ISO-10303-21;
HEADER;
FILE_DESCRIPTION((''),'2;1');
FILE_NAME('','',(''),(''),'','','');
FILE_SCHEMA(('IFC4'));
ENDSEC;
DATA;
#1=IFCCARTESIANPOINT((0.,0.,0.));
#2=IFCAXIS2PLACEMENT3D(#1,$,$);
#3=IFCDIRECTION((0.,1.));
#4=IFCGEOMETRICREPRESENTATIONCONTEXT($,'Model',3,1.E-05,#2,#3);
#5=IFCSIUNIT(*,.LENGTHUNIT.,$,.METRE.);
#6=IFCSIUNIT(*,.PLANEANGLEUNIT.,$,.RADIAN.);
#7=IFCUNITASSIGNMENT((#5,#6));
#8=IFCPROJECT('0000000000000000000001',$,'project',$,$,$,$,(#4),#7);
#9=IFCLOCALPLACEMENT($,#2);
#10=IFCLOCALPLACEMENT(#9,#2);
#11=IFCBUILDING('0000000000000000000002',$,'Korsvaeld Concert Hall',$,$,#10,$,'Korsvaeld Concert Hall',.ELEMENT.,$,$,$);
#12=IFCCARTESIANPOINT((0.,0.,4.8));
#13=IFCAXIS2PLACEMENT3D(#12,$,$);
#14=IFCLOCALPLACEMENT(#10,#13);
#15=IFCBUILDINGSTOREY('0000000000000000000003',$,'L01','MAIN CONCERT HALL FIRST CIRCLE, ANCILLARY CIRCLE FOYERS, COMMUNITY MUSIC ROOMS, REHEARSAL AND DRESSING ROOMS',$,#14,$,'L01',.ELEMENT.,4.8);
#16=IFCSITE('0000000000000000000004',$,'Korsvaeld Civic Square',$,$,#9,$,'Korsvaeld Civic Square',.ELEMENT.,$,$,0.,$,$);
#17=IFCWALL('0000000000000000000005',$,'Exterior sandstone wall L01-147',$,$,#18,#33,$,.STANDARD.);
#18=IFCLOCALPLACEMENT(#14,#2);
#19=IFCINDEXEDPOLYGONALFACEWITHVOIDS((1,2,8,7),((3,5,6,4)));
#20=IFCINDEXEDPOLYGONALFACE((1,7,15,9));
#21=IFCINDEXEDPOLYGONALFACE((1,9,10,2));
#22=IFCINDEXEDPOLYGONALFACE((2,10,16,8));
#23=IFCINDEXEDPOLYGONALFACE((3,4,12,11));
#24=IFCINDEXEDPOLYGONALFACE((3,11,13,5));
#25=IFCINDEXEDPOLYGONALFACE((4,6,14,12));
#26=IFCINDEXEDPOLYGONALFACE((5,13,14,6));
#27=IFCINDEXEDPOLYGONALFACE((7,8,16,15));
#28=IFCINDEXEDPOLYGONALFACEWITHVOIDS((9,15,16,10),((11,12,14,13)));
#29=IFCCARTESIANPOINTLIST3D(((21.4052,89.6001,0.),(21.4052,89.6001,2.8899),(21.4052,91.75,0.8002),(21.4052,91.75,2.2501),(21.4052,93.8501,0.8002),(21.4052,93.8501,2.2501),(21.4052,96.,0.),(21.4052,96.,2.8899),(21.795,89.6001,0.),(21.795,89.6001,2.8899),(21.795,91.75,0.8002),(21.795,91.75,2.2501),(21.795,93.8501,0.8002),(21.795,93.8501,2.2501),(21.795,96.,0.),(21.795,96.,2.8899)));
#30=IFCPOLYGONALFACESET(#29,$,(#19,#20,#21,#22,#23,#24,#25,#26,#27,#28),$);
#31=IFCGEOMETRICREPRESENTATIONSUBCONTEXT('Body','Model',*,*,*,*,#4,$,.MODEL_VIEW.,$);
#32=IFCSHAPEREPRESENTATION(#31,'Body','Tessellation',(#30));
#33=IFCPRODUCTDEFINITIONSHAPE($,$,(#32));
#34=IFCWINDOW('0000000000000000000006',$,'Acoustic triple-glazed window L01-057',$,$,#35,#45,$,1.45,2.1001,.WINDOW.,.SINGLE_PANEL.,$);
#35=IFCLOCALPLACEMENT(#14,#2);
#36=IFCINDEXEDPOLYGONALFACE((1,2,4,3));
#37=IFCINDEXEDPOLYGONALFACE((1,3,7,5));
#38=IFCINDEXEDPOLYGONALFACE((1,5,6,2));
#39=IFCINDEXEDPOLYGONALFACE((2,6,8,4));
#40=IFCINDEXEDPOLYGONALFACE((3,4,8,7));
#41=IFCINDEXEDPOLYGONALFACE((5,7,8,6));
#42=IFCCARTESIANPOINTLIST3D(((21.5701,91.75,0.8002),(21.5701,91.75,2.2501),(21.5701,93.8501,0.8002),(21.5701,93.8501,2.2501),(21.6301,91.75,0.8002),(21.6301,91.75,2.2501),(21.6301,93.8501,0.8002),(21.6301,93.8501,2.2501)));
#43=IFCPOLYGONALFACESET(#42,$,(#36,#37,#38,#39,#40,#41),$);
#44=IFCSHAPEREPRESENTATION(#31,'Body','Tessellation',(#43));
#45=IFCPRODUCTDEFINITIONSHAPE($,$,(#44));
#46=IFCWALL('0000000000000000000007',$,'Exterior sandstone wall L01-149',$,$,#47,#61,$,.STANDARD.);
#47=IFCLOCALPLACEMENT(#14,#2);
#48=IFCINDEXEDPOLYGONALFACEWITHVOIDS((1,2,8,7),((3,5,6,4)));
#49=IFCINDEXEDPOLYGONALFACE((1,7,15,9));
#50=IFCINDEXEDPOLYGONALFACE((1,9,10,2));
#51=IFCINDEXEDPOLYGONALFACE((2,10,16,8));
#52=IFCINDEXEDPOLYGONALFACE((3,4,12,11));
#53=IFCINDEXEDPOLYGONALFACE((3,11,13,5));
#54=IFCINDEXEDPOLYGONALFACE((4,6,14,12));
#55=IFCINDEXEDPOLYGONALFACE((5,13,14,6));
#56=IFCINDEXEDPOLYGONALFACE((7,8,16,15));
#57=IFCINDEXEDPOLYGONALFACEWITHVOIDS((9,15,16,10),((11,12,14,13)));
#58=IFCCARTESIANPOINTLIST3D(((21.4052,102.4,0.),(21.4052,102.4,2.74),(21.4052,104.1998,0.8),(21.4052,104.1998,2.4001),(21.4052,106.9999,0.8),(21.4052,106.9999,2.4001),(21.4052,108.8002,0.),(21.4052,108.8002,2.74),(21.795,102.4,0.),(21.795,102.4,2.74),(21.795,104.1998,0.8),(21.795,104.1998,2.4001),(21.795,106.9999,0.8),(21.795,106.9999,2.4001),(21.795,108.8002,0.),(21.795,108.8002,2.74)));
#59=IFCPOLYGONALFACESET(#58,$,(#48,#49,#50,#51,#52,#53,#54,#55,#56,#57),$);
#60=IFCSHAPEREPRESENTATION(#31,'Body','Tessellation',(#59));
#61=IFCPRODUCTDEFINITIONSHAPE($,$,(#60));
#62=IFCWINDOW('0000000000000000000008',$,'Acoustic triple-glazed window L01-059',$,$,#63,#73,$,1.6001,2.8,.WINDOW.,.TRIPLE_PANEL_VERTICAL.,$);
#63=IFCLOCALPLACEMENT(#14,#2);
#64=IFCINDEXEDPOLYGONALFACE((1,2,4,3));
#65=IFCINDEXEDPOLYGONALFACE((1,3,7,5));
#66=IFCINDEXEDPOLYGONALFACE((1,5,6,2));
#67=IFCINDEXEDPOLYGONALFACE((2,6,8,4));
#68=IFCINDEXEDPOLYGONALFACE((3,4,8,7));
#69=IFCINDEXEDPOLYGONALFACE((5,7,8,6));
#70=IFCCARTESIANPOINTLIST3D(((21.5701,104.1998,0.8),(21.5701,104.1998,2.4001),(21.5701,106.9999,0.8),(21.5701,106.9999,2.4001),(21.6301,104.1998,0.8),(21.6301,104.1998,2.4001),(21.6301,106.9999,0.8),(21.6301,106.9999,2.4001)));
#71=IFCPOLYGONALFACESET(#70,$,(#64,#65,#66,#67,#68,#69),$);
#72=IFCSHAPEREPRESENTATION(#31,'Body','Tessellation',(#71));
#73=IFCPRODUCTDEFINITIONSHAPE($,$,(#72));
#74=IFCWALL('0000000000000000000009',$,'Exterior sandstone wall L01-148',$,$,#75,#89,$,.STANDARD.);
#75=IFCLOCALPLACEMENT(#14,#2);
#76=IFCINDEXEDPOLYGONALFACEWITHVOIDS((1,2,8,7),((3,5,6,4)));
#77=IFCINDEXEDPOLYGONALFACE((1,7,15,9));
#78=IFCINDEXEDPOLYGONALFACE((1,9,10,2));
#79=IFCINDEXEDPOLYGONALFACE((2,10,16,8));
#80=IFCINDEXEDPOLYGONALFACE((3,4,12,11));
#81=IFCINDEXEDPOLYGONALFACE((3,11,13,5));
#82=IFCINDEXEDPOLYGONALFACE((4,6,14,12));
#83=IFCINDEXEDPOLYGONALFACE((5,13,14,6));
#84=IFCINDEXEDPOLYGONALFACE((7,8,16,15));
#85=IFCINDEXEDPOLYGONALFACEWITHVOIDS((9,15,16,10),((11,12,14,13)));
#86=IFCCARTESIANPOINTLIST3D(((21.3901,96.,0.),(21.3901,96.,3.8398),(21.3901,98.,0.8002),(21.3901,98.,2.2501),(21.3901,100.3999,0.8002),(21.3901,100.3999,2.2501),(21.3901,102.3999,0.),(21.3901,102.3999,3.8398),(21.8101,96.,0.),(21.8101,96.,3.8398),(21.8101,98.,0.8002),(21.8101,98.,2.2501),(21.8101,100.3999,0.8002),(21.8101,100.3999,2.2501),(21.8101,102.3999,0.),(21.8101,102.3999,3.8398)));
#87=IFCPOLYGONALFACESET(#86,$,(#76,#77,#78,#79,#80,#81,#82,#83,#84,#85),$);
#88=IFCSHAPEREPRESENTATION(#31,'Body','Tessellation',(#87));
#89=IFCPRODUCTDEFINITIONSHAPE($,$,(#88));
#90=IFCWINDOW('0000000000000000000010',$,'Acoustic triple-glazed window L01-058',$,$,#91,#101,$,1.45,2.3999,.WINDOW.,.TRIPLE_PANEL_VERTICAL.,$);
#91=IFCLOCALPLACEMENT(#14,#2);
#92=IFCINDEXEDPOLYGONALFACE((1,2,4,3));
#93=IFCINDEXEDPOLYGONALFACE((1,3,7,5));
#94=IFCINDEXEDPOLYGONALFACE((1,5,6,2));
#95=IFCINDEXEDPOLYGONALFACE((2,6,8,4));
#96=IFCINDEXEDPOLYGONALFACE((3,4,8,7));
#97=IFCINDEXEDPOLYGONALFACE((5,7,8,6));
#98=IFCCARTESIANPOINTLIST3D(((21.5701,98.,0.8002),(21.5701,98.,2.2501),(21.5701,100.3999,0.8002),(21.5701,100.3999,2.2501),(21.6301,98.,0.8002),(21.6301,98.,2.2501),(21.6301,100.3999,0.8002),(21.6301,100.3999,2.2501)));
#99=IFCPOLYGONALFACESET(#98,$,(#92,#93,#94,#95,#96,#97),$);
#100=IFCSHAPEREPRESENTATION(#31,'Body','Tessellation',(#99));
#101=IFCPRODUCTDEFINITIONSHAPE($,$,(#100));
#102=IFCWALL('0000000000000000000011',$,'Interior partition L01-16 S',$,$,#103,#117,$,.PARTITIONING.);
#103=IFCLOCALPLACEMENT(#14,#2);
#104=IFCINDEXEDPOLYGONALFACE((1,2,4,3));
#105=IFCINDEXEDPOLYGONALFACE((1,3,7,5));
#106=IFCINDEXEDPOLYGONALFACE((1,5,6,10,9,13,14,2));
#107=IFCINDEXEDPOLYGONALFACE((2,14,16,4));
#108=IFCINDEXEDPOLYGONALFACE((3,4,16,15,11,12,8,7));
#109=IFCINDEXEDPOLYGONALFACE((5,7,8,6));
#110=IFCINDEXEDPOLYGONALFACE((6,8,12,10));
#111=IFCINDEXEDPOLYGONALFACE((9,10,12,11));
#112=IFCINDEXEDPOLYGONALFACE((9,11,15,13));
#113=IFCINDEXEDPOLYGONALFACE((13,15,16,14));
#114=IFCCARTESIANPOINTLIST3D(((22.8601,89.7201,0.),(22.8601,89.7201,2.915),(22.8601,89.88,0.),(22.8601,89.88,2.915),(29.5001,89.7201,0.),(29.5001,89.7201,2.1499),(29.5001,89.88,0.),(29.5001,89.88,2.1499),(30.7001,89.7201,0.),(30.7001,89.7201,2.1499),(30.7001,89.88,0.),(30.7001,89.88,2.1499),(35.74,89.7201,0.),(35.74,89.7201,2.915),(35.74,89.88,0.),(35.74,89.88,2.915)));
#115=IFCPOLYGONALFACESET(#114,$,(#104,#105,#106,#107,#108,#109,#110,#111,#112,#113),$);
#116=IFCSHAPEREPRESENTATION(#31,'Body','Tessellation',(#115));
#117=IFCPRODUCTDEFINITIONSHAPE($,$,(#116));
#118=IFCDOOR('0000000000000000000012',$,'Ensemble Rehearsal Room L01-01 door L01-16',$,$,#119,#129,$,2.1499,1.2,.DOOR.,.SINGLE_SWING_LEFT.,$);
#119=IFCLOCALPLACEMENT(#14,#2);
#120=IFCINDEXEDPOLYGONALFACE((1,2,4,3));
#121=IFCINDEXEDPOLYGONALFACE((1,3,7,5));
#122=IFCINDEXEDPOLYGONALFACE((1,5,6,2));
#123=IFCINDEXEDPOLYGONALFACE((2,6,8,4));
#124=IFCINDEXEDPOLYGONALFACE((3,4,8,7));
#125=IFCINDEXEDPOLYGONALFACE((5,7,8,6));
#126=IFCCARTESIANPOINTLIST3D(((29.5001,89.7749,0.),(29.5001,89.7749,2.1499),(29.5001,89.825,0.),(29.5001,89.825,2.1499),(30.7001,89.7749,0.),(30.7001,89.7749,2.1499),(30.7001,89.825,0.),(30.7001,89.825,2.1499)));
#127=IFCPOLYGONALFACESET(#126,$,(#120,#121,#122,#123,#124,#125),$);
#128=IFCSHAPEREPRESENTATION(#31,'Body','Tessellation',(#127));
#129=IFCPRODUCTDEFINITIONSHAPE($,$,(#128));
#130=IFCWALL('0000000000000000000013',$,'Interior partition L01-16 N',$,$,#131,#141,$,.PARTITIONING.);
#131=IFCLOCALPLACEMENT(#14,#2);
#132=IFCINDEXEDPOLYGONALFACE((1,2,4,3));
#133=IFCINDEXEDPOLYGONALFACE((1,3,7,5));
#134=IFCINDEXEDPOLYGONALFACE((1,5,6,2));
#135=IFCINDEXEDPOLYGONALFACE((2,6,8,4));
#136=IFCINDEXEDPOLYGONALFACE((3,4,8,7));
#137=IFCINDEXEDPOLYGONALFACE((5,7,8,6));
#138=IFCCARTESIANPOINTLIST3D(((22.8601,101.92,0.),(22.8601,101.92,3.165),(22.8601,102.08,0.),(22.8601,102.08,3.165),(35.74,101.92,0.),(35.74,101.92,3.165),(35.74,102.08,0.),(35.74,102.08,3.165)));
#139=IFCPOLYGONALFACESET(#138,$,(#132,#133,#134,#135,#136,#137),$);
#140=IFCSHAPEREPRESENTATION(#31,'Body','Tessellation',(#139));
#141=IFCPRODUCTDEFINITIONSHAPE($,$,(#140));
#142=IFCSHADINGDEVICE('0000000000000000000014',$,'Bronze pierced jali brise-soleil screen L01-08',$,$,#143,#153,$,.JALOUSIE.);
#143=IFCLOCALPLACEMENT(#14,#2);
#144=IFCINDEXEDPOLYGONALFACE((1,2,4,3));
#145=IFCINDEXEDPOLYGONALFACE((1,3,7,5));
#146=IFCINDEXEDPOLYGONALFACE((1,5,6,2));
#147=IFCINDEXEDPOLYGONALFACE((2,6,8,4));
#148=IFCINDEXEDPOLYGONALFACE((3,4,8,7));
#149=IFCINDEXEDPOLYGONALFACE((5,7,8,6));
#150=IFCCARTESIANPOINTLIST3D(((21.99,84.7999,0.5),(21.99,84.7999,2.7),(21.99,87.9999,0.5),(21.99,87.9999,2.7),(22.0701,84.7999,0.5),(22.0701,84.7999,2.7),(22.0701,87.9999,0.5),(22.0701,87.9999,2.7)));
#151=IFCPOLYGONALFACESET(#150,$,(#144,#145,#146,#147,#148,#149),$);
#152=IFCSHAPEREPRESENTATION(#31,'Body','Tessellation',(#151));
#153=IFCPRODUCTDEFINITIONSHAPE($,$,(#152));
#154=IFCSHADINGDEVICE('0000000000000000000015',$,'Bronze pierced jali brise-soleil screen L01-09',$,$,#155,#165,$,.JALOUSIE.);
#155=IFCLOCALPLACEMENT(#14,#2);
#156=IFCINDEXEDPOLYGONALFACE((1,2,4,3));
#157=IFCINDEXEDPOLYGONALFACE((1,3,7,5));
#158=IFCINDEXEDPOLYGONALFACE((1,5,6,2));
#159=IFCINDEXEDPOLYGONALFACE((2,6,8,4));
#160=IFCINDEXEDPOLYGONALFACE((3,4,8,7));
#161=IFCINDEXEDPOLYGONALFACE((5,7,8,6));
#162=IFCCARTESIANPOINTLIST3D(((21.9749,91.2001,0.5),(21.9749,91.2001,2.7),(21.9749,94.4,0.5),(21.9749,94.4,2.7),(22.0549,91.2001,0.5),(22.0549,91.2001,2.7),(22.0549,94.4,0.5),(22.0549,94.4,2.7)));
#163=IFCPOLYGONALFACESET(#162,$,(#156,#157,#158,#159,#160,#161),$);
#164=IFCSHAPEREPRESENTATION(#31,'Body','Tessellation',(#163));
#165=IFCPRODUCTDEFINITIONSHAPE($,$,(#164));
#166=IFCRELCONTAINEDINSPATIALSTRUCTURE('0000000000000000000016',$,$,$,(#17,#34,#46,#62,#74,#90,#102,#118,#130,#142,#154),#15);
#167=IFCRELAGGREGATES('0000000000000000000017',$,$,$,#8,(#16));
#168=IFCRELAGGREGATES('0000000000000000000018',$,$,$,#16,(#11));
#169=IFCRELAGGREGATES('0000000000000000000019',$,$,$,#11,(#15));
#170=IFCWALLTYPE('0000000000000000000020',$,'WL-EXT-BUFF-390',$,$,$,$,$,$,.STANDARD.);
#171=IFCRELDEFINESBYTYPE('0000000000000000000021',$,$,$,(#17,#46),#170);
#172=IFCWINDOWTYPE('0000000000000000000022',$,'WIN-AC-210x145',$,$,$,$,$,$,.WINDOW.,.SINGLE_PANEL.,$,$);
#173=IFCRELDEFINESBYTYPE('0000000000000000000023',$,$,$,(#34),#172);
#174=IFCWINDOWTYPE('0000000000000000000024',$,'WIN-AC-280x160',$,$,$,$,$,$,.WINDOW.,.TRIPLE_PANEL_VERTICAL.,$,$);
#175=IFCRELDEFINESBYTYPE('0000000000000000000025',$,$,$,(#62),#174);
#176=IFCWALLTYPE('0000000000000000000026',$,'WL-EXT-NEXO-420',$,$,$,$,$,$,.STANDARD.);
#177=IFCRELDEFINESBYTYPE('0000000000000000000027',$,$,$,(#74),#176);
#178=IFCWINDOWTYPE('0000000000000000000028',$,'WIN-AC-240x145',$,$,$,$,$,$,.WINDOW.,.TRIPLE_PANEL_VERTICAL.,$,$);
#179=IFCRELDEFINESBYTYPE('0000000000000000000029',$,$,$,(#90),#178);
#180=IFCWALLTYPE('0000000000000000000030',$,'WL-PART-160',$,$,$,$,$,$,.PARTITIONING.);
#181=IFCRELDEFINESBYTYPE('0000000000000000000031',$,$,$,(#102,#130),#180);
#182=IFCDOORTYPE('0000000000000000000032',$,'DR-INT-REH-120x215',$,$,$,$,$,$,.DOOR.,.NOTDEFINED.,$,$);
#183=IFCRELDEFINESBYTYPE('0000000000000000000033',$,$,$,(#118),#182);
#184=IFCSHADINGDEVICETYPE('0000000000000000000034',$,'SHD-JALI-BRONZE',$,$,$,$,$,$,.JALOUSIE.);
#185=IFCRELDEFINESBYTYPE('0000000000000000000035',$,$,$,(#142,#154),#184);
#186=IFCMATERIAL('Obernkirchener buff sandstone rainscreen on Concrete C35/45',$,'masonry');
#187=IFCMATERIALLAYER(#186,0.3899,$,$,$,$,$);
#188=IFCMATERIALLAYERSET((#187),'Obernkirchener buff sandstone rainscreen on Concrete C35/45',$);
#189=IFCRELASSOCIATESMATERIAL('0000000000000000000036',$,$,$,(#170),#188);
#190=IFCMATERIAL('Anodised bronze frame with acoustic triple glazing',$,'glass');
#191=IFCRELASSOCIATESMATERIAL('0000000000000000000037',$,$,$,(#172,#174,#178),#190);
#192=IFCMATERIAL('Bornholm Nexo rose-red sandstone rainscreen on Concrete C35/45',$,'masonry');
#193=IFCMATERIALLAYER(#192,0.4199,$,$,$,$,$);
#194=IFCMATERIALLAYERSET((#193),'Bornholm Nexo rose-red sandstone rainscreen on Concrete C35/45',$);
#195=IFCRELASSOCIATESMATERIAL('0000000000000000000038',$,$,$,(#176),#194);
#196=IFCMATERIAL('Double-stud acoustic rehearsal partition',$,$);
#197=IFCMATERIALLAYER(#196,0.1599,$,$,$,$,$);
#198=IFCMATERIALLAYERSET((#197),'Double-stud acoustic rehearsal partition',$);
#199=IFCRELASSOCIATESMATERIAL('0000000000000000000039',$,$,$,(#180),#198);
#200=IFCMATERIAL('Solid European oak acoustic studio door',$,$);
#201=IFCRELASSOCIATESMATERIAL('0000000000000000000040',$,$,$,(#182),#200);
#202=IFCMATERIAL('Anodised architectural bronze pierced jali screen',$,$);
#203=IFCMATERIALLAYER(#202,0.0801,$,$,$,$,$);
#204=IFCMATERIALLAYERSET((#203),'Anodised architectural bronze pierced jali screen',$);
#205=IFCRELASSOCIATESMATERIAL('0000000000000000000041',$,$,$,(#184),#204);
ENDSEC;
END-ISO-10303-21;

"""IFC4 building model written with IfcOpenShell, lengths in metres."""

from ifc_helpers import new_model, si_unit, direction, frame, frame_2d, origin, origin_2d, place, context, subcontext, project, spatial, rectangle, extrude, material, layer, layer_set, type_object, element, fill, save


model = new_model("IFC4")

# Units and contexts
model_context = context("Model", 3, precision=1e-05, world=origin(), true_north=direction((0.0, 1.0)))
body_context = subcontext(model_context, "Body", "Model", "MODEL_VIEW")
ifc_project = project(units=[si_unit("LENGTHUNIT", "METRE"), si_unit("PLANEANGLEUNIT", "RADIAN")], contexts=[model_context])

# Site, building, storey
site_placement = place(None, origin())
site = spatial("IfcSite", under=ifc_project, at=site_placement, Name="Korsvaeld Civic Square", LongName="Korsvaeld Civic Square", CompositionType="ELEMENT", RefElevation=0.0)
building_placement = place(site_placement, origin())
building = spatial("IfcBuilding", under=site, at=building_placement, Name="Korsvaeld Concert Hall", LongName="Korsvaeld Concert Hall", CompositionType="ELEMENT")
storey_placement = place(building_placement, frame((0.0, 0.0, 4.8)))
storey = spatial("IfcBuildingStorey", under=building, at=storey_placement, Name="L01", Description="MAIN CONCERT HALL FIRST CIRCLE, ANCILLARY CIRCLE FOYERS, COMMUNITY MUSIC ROOMS, REHEARSAL AND DRESSING ROOMS", LongName="L01", CompositionType="ELEMENT", Elevation=4.8)

# Walls, openings, windows
ifc_material_1 = material(Name="Obernkirchener buff sandstone rainscreen on Concrete C35/45", Category="masonry")
ifc_layer_1 = layer(ifc_material_1, 0.3899)
ifc_layer_set_1 = layer_set([ifc_layer_1], Name="Obernkirchener buff sandstone rainscreen on Concrete C35/45")
wall_type_1 = type_object("IfcWallType", Name="WL-EXT-BUFF-390", PredefinedType="STANDARD", material=ifc_layer_set_1)
wall_1_placement = place(storey_placement, frame((21.6001, 89.6001, 0.0), z_axis=(0.0, 0.0, 1.0), x_axis=(0.0, 1.0, 0.0)))
wall_1 = element("IfcWall", 1, at=wall_1_placement, inside=storey, type_object=wall_type_1, Name="Exterior sandstone wall L01-147", PredefinedType="STANDARD", context=body_context, shape_type="SweptSolid", body=[
    extrude(rectangle(XDim=6.3999, YDim=0.3899, at=frame_2d((3.2, 0.0))), origin(), (0.0, 0.0, 1.0), 2.8899),
])
opening_1_placement = place(wall_1_placement, frame((2.1499, 0.0, 0.8)))
opening_1 = element("IfcOpeningElement", 2, at=opening_1_placement, cuts=wall_1, PredefinedType="OPENING", context=body_context, shape_type="SweptSolid", body=[
    extrude(rectangle(XDim=2.1001, YDim=1.45, at=frame_2d((1.05, 0.7251))), frame((0.0, 0.2051, 0.0), z_axis=(0.0, -1.0, 0.0), x_axis=(1.0, 0.0, 0.0)), (0.0, 0.0, 1.0), 0.4099),
])
ifc_material_2 = material(Name="Anodised bronze frame with acoustic triple glazing", Category="glass")
window_type_1 = type_object("IfcWindowType", Name="WIN-AC-210x145", PartitioningType="SINGLE_PANEL", PredefinedType="WINDOW", material=ifc_material_2)
window_1_placement = place(opening_1_placement, origin())
window_1 = element("IfcWindow", 3, at=window_1_placement, inside=storey, type_object=window_type_1, Name="Acoustic triple-glazed window L01-057", OverallHeight=1.45, OverallWidth=2.1001, PartitioningType="SINGLE_PANEL", PredefinedType="WINDOW", context=body_context, shape_type="SweptSolid", body=[
    extrude(rectangle(XDim=2.1001, YDim=1.45, at=frame_2d((1.05, 0.7251))), frame((0.0, 0.03, 0.0), z_axis=(0.0, -1.0, 0.0), x_axis=(1.0, 0.0, 0.0)), (0.0, 0.0, 1.0), 0.0601),
])
fill(opening_1, window_1)
wall_2_placement = place(storey_placement, frame((21.6001, 102.3999, 0.0), z_axis=(0.0, 0.0, 1.0), x_axis=(0.0, 1.0, 0.0)))
wall_2 = element("IfcWall", 4, at=wall_2_placement, inside=storey, type_object=wall_type_1, Name="Exterior sandstone wall L01-149", PredefinedType="STANDARD", context=body_context, shape_type="SweptSolid", body=[
    extrude(rectangle(XDim=6.4001, YDim=0.3899, at=frame_2d((3.2002, 0.0))), origin(), (0.0, 0.0, 1.0), 2.74),
])
opening_2_placement = place(wall_2_placement, frame((1.8, 0.0, 0.8)))
opening_2 = element("IfcOpeningElement", 5, at=opening_2_placement, cuts=wall_2, PredefinedType="OPENING", context=body_context, shape_type="SweptSolid", body=[
    extrude(rectangle(XDim=2.8, YDim=1.6001, at=frame_2d((1.3999, 0.8))), frame((0.0, 0.2051, 0.0), z_axis=(0.0, -1.0, 0.0), x_axis=(1.0, 0.0, 0.0)), (0.0, 0.0, 1.0), 0.4099),
])
window_type_2 = type_object("IfcWindowType", Name="WIN-AC-280x160", PartitioningType="TRIPLE_PANEL_VERTICAL", PredefinedType="WINDOW", material=ifc_material_2)
window_2_placement = place(opening_2_placement, origin())
window_2 = element("IfcWindow", 6, at=window_2_placement, inside=storey, type_object=window_type_2, Name="Acoustic triple-glazed window L01-059", OverallHeight=1.6001, OverallWidth=2.8, PartitioningType="TRIPLE_PANEL_VERTICAL", PredefinedType="WINDOW", context=body_context, shape_type="SweptSolid", body=[
    extrude(rectangle(XDim=2.8, YDim=1.6001, at=frame_2d((1.3999, 0.8))), frame((0.0, 0.03, 0.0), z_axis=(0.0, -1.0, 0.0), x_axis=(1.0, 0.0, 0.0)), (0.0, 0.0, 1.0), 0.0601),
])
fill(opening_2, window_2)
ifc_material_3 = material(Name="Bornholm Nexo rose-red sandstone rainscreen on Concrete C35/45", Category="masonry")
ifc_layer_2 = layer(ifc_material_3, 0.4199)
ifc_layer_set_2 = layer_set([ifc_layer_2], Name="Bornholm Nexo rose-red sandstone rainscreen on Concrete C35/45")
wall_type_2 = type_object("IfcWallType", Name="WL-EXT-NEXO-420", PredefinedType="STANDARD", material=ifc_layer_set_2)
wall_3_placement = place(storey_placement, frame((21.6001, 96.0, 0.0), z_axis=(0.0, 0.0, 1.0), x_axis=(0.0, 1.0, 0.0)))
wall_3 = element("IfcWall", 7, at=wall_3_placement, inside=storey, type_object=wall_type_2, Name="Exterior sandstone wall L01-148", PredefinedType="STANDARD", context=body_context, shape_type="SweptSolid", body=[
    extrude(rectangle(XDim=6.3999, YDim=0.4199, at=frame_2d((3.2, 0.0))), origin(), (0.0, 0.0, 1.0), 3.8398),
])
opening_3_placement = place(wall_3_placement, frame((2.0, 0.0, 0.8)))
opening_3 = element("IfcOpeningElement", 8, at=opening_3_placement, cuts=wall_3, PredefinedType="OPENING", context=body_context, shape_type="SweptSolid", body=[
    extrude(rectangle(XDim=2.3999, YDim=1.45, at=frame_2d((1.2, 0.7251))), frame((0.0, 0.22, 0.0), z_axis=(0.0, -1.0, 0.0), x_axis=(1.0, 0.0, 0.0)), (0.0, 0.0, 1.0), 0.4399),
])
window_type_3 = type_object("IfcWindowType", Name="WIN-AC-240x145", PartitioningType="TRIPLE_PANEL_VERTICAL", PredefinedType="WINDOW", material=ifc_material_2)
window_3_placement = place(opening_3_placement, origin())
window_3 = element("IfcWindow", 9, at=window_3_placement, inside=storey, type_object=window_type_3, Name="Acoustic triple-glazed window L01-058", OverallHeight=1.45, OverallWidth=2.3999, PartitioningType="TRIPLE_PANEL_VERTICAL", PredefinedType="WINDOW", context=body_context, shape_type="SweptSolid", body=[
    extrude(rectangle(XDim=2.3999, YDim=1.45, at=frame_2d((1.2, 0.7251))), frame((0.0, 0.03, 0.0), z_axis=(0.0, -1.0, 0.0), x_axis=(1.0, 0.0, 0.0)), (0.0, 0.0, 1.0), 0.0601),
])
fill(opening_3, window_3)

# Wall, opening, door
ifc_material_4 = material(Name="Double-stud acoustic rehearsal partition")
ifc_layer_3 = layer(ifc_material_4, 0.1599)
ifc_layer_set_3 = layer_set([ifc_layer_3], Name="Double-stud acoustic rehearsal partition")
wall_type_3 = type_object("IfcWallType", Name="WL-PART-160", PredefinedType="PARTITIONING", material=ifc_layer_set_3)
wall_4_placement = place(storey_placement, frame((22.8601, 89.8, 0.0), z_axis=(0.0, 0.0, 1.0), x_axis=(1.0, 0.0, 0.0)))
wall_4 = element("IfcWall", 10, at=wall_4_placement, inside=storey, type_object=wall_type_3, Name="Interior partition L01-16 S", PredefinedType="PARTITIONING", context=body_context, shape_type="SweptSolid", body=[
    extrude(rectangle(XDim=12.8799, YDim=0.1599, at=frame_2d((6.4399, 0.0))), origin(), (0.0, 0.0, 1.0), 2.915),
])
opening_4_placement = place(wall_4_placement, frame((6.6399, 0.0, 0.0)))
opening_4 = element("IfcOpeningElement", 11, at=opening_4_placement, cuts=wall_4, PredefinedType="OPENING", context=body_context, shape_type="SweptSolid", body=[
    extrude(rectangle(XDim=1.2, YDim=2.1499, at=frame_2d((0.6001, 1.075))), frame((0.0, 0.0898, 0.0), z_axis=(0.0, -1.0, 0.0), x_axis=(1.0, 0.0, 0.0)), (0.0, 0.0, 1.0), 0.1799),
])
ifc_material_5 = material(Name="Solid European oak acoustic studio door")
door_type = type_object("IfcDoorType", Name="DR-INT-REH-120x215", OperationType="NOTDEFINED", PredefinedType="DOOR", material=ifc_material_5)
door_placement = place(opening_4_placement, origin())
door = element("IfcDoor", 12, at=door_placement, inside=storey, type_object=door_type, Name="Ensemble Rehearsal Room L01-01 door L01-16", OperationType="SINGLE_SWING_LEFT", OverallHeight=2.1499, OverallWidth=1.2, PredefinedType="DOOR", context=body_context, shape_type="SweptSolid", body=[
    extrude(rectangle(XDim=1.2, YDim=2.1499, at=frame_2d((0.6001, 1.075))), frame((0.0, 0.0249, 0.0), z_axis=(0.0, -1.0, 0.0), x_axis=(1.0, 0.0, 0.0)), (0.0, 0.0, 1.0), 0.05),
])
fill(opening_4, door)

# Wall
wall_5_placement = place(storey_placement, frame((35.74, 102.0, 0.0), z_axis=(0.0, 0.0, 1.0), x_axis=(-1.0, 0.0, 0.0)))
element("IfcWall", 13, at=wall_5_placement, inside=storey, type_object=wall_type_3, Name="Interior partition L01-16 N", PredefinedType="PARTITIONING", context=body_context, shape_type="SweptSolid", body=[
    extrude(rectangle(XDim=12.8799, YDim=0.1599, at=frame_2d((6.4399, 0.0))), origin(), (0.0, 0.0, 1.0), 3.165),
])

# Shading devices
ifc_material_6 = material(Name="Anodised architectural bronze pierced jali screen")
ifc_layer_4 = layer(ifc_material_6, 0.0801)
ifc_layer_set_4 = layer_set([ifc_layer_4], Name="Anodised architectural bronze pierced jali screen")
shading_device_type = type_object("IfcShadingDeviceType", Name="SHD-JALI-BRONZE", PredefinedType="JALOUSIE", material=ifc_layer_set_4)
for number, where, z_axis, x_axis, name in (
    (14, (22.03, 86.3999, 0.5), (0.0, 0.0, 1.0), (0.0, 1.0, 0.0), "Bronze pierced jali brise-soleil screen L01-08"),
    (15, (22.0149, 92.8, 0.5), (0.0, 0.0, 1.0), (0.0, 1.0, 0.0), "Bronze pierced jali brise-soleil screen L01-09"),
):
    element("IfcShadingDevice", number, at=place(storey_placement, frame(where, z_axis=z_axis, x_axis=x_axis)), inside=storey, type_object=shading_device_type, Name=name, PredefinedType="JALOUSIE", context=body_context, shape_type="SweptSolid", body=[
        extrude(rectangle(XDim=3.2, YDim=0.0801, at=origin_2d()), origin(), (0.0, 0.0, 1.0), 2.2),
    ])

save(model, "model.ifc")
